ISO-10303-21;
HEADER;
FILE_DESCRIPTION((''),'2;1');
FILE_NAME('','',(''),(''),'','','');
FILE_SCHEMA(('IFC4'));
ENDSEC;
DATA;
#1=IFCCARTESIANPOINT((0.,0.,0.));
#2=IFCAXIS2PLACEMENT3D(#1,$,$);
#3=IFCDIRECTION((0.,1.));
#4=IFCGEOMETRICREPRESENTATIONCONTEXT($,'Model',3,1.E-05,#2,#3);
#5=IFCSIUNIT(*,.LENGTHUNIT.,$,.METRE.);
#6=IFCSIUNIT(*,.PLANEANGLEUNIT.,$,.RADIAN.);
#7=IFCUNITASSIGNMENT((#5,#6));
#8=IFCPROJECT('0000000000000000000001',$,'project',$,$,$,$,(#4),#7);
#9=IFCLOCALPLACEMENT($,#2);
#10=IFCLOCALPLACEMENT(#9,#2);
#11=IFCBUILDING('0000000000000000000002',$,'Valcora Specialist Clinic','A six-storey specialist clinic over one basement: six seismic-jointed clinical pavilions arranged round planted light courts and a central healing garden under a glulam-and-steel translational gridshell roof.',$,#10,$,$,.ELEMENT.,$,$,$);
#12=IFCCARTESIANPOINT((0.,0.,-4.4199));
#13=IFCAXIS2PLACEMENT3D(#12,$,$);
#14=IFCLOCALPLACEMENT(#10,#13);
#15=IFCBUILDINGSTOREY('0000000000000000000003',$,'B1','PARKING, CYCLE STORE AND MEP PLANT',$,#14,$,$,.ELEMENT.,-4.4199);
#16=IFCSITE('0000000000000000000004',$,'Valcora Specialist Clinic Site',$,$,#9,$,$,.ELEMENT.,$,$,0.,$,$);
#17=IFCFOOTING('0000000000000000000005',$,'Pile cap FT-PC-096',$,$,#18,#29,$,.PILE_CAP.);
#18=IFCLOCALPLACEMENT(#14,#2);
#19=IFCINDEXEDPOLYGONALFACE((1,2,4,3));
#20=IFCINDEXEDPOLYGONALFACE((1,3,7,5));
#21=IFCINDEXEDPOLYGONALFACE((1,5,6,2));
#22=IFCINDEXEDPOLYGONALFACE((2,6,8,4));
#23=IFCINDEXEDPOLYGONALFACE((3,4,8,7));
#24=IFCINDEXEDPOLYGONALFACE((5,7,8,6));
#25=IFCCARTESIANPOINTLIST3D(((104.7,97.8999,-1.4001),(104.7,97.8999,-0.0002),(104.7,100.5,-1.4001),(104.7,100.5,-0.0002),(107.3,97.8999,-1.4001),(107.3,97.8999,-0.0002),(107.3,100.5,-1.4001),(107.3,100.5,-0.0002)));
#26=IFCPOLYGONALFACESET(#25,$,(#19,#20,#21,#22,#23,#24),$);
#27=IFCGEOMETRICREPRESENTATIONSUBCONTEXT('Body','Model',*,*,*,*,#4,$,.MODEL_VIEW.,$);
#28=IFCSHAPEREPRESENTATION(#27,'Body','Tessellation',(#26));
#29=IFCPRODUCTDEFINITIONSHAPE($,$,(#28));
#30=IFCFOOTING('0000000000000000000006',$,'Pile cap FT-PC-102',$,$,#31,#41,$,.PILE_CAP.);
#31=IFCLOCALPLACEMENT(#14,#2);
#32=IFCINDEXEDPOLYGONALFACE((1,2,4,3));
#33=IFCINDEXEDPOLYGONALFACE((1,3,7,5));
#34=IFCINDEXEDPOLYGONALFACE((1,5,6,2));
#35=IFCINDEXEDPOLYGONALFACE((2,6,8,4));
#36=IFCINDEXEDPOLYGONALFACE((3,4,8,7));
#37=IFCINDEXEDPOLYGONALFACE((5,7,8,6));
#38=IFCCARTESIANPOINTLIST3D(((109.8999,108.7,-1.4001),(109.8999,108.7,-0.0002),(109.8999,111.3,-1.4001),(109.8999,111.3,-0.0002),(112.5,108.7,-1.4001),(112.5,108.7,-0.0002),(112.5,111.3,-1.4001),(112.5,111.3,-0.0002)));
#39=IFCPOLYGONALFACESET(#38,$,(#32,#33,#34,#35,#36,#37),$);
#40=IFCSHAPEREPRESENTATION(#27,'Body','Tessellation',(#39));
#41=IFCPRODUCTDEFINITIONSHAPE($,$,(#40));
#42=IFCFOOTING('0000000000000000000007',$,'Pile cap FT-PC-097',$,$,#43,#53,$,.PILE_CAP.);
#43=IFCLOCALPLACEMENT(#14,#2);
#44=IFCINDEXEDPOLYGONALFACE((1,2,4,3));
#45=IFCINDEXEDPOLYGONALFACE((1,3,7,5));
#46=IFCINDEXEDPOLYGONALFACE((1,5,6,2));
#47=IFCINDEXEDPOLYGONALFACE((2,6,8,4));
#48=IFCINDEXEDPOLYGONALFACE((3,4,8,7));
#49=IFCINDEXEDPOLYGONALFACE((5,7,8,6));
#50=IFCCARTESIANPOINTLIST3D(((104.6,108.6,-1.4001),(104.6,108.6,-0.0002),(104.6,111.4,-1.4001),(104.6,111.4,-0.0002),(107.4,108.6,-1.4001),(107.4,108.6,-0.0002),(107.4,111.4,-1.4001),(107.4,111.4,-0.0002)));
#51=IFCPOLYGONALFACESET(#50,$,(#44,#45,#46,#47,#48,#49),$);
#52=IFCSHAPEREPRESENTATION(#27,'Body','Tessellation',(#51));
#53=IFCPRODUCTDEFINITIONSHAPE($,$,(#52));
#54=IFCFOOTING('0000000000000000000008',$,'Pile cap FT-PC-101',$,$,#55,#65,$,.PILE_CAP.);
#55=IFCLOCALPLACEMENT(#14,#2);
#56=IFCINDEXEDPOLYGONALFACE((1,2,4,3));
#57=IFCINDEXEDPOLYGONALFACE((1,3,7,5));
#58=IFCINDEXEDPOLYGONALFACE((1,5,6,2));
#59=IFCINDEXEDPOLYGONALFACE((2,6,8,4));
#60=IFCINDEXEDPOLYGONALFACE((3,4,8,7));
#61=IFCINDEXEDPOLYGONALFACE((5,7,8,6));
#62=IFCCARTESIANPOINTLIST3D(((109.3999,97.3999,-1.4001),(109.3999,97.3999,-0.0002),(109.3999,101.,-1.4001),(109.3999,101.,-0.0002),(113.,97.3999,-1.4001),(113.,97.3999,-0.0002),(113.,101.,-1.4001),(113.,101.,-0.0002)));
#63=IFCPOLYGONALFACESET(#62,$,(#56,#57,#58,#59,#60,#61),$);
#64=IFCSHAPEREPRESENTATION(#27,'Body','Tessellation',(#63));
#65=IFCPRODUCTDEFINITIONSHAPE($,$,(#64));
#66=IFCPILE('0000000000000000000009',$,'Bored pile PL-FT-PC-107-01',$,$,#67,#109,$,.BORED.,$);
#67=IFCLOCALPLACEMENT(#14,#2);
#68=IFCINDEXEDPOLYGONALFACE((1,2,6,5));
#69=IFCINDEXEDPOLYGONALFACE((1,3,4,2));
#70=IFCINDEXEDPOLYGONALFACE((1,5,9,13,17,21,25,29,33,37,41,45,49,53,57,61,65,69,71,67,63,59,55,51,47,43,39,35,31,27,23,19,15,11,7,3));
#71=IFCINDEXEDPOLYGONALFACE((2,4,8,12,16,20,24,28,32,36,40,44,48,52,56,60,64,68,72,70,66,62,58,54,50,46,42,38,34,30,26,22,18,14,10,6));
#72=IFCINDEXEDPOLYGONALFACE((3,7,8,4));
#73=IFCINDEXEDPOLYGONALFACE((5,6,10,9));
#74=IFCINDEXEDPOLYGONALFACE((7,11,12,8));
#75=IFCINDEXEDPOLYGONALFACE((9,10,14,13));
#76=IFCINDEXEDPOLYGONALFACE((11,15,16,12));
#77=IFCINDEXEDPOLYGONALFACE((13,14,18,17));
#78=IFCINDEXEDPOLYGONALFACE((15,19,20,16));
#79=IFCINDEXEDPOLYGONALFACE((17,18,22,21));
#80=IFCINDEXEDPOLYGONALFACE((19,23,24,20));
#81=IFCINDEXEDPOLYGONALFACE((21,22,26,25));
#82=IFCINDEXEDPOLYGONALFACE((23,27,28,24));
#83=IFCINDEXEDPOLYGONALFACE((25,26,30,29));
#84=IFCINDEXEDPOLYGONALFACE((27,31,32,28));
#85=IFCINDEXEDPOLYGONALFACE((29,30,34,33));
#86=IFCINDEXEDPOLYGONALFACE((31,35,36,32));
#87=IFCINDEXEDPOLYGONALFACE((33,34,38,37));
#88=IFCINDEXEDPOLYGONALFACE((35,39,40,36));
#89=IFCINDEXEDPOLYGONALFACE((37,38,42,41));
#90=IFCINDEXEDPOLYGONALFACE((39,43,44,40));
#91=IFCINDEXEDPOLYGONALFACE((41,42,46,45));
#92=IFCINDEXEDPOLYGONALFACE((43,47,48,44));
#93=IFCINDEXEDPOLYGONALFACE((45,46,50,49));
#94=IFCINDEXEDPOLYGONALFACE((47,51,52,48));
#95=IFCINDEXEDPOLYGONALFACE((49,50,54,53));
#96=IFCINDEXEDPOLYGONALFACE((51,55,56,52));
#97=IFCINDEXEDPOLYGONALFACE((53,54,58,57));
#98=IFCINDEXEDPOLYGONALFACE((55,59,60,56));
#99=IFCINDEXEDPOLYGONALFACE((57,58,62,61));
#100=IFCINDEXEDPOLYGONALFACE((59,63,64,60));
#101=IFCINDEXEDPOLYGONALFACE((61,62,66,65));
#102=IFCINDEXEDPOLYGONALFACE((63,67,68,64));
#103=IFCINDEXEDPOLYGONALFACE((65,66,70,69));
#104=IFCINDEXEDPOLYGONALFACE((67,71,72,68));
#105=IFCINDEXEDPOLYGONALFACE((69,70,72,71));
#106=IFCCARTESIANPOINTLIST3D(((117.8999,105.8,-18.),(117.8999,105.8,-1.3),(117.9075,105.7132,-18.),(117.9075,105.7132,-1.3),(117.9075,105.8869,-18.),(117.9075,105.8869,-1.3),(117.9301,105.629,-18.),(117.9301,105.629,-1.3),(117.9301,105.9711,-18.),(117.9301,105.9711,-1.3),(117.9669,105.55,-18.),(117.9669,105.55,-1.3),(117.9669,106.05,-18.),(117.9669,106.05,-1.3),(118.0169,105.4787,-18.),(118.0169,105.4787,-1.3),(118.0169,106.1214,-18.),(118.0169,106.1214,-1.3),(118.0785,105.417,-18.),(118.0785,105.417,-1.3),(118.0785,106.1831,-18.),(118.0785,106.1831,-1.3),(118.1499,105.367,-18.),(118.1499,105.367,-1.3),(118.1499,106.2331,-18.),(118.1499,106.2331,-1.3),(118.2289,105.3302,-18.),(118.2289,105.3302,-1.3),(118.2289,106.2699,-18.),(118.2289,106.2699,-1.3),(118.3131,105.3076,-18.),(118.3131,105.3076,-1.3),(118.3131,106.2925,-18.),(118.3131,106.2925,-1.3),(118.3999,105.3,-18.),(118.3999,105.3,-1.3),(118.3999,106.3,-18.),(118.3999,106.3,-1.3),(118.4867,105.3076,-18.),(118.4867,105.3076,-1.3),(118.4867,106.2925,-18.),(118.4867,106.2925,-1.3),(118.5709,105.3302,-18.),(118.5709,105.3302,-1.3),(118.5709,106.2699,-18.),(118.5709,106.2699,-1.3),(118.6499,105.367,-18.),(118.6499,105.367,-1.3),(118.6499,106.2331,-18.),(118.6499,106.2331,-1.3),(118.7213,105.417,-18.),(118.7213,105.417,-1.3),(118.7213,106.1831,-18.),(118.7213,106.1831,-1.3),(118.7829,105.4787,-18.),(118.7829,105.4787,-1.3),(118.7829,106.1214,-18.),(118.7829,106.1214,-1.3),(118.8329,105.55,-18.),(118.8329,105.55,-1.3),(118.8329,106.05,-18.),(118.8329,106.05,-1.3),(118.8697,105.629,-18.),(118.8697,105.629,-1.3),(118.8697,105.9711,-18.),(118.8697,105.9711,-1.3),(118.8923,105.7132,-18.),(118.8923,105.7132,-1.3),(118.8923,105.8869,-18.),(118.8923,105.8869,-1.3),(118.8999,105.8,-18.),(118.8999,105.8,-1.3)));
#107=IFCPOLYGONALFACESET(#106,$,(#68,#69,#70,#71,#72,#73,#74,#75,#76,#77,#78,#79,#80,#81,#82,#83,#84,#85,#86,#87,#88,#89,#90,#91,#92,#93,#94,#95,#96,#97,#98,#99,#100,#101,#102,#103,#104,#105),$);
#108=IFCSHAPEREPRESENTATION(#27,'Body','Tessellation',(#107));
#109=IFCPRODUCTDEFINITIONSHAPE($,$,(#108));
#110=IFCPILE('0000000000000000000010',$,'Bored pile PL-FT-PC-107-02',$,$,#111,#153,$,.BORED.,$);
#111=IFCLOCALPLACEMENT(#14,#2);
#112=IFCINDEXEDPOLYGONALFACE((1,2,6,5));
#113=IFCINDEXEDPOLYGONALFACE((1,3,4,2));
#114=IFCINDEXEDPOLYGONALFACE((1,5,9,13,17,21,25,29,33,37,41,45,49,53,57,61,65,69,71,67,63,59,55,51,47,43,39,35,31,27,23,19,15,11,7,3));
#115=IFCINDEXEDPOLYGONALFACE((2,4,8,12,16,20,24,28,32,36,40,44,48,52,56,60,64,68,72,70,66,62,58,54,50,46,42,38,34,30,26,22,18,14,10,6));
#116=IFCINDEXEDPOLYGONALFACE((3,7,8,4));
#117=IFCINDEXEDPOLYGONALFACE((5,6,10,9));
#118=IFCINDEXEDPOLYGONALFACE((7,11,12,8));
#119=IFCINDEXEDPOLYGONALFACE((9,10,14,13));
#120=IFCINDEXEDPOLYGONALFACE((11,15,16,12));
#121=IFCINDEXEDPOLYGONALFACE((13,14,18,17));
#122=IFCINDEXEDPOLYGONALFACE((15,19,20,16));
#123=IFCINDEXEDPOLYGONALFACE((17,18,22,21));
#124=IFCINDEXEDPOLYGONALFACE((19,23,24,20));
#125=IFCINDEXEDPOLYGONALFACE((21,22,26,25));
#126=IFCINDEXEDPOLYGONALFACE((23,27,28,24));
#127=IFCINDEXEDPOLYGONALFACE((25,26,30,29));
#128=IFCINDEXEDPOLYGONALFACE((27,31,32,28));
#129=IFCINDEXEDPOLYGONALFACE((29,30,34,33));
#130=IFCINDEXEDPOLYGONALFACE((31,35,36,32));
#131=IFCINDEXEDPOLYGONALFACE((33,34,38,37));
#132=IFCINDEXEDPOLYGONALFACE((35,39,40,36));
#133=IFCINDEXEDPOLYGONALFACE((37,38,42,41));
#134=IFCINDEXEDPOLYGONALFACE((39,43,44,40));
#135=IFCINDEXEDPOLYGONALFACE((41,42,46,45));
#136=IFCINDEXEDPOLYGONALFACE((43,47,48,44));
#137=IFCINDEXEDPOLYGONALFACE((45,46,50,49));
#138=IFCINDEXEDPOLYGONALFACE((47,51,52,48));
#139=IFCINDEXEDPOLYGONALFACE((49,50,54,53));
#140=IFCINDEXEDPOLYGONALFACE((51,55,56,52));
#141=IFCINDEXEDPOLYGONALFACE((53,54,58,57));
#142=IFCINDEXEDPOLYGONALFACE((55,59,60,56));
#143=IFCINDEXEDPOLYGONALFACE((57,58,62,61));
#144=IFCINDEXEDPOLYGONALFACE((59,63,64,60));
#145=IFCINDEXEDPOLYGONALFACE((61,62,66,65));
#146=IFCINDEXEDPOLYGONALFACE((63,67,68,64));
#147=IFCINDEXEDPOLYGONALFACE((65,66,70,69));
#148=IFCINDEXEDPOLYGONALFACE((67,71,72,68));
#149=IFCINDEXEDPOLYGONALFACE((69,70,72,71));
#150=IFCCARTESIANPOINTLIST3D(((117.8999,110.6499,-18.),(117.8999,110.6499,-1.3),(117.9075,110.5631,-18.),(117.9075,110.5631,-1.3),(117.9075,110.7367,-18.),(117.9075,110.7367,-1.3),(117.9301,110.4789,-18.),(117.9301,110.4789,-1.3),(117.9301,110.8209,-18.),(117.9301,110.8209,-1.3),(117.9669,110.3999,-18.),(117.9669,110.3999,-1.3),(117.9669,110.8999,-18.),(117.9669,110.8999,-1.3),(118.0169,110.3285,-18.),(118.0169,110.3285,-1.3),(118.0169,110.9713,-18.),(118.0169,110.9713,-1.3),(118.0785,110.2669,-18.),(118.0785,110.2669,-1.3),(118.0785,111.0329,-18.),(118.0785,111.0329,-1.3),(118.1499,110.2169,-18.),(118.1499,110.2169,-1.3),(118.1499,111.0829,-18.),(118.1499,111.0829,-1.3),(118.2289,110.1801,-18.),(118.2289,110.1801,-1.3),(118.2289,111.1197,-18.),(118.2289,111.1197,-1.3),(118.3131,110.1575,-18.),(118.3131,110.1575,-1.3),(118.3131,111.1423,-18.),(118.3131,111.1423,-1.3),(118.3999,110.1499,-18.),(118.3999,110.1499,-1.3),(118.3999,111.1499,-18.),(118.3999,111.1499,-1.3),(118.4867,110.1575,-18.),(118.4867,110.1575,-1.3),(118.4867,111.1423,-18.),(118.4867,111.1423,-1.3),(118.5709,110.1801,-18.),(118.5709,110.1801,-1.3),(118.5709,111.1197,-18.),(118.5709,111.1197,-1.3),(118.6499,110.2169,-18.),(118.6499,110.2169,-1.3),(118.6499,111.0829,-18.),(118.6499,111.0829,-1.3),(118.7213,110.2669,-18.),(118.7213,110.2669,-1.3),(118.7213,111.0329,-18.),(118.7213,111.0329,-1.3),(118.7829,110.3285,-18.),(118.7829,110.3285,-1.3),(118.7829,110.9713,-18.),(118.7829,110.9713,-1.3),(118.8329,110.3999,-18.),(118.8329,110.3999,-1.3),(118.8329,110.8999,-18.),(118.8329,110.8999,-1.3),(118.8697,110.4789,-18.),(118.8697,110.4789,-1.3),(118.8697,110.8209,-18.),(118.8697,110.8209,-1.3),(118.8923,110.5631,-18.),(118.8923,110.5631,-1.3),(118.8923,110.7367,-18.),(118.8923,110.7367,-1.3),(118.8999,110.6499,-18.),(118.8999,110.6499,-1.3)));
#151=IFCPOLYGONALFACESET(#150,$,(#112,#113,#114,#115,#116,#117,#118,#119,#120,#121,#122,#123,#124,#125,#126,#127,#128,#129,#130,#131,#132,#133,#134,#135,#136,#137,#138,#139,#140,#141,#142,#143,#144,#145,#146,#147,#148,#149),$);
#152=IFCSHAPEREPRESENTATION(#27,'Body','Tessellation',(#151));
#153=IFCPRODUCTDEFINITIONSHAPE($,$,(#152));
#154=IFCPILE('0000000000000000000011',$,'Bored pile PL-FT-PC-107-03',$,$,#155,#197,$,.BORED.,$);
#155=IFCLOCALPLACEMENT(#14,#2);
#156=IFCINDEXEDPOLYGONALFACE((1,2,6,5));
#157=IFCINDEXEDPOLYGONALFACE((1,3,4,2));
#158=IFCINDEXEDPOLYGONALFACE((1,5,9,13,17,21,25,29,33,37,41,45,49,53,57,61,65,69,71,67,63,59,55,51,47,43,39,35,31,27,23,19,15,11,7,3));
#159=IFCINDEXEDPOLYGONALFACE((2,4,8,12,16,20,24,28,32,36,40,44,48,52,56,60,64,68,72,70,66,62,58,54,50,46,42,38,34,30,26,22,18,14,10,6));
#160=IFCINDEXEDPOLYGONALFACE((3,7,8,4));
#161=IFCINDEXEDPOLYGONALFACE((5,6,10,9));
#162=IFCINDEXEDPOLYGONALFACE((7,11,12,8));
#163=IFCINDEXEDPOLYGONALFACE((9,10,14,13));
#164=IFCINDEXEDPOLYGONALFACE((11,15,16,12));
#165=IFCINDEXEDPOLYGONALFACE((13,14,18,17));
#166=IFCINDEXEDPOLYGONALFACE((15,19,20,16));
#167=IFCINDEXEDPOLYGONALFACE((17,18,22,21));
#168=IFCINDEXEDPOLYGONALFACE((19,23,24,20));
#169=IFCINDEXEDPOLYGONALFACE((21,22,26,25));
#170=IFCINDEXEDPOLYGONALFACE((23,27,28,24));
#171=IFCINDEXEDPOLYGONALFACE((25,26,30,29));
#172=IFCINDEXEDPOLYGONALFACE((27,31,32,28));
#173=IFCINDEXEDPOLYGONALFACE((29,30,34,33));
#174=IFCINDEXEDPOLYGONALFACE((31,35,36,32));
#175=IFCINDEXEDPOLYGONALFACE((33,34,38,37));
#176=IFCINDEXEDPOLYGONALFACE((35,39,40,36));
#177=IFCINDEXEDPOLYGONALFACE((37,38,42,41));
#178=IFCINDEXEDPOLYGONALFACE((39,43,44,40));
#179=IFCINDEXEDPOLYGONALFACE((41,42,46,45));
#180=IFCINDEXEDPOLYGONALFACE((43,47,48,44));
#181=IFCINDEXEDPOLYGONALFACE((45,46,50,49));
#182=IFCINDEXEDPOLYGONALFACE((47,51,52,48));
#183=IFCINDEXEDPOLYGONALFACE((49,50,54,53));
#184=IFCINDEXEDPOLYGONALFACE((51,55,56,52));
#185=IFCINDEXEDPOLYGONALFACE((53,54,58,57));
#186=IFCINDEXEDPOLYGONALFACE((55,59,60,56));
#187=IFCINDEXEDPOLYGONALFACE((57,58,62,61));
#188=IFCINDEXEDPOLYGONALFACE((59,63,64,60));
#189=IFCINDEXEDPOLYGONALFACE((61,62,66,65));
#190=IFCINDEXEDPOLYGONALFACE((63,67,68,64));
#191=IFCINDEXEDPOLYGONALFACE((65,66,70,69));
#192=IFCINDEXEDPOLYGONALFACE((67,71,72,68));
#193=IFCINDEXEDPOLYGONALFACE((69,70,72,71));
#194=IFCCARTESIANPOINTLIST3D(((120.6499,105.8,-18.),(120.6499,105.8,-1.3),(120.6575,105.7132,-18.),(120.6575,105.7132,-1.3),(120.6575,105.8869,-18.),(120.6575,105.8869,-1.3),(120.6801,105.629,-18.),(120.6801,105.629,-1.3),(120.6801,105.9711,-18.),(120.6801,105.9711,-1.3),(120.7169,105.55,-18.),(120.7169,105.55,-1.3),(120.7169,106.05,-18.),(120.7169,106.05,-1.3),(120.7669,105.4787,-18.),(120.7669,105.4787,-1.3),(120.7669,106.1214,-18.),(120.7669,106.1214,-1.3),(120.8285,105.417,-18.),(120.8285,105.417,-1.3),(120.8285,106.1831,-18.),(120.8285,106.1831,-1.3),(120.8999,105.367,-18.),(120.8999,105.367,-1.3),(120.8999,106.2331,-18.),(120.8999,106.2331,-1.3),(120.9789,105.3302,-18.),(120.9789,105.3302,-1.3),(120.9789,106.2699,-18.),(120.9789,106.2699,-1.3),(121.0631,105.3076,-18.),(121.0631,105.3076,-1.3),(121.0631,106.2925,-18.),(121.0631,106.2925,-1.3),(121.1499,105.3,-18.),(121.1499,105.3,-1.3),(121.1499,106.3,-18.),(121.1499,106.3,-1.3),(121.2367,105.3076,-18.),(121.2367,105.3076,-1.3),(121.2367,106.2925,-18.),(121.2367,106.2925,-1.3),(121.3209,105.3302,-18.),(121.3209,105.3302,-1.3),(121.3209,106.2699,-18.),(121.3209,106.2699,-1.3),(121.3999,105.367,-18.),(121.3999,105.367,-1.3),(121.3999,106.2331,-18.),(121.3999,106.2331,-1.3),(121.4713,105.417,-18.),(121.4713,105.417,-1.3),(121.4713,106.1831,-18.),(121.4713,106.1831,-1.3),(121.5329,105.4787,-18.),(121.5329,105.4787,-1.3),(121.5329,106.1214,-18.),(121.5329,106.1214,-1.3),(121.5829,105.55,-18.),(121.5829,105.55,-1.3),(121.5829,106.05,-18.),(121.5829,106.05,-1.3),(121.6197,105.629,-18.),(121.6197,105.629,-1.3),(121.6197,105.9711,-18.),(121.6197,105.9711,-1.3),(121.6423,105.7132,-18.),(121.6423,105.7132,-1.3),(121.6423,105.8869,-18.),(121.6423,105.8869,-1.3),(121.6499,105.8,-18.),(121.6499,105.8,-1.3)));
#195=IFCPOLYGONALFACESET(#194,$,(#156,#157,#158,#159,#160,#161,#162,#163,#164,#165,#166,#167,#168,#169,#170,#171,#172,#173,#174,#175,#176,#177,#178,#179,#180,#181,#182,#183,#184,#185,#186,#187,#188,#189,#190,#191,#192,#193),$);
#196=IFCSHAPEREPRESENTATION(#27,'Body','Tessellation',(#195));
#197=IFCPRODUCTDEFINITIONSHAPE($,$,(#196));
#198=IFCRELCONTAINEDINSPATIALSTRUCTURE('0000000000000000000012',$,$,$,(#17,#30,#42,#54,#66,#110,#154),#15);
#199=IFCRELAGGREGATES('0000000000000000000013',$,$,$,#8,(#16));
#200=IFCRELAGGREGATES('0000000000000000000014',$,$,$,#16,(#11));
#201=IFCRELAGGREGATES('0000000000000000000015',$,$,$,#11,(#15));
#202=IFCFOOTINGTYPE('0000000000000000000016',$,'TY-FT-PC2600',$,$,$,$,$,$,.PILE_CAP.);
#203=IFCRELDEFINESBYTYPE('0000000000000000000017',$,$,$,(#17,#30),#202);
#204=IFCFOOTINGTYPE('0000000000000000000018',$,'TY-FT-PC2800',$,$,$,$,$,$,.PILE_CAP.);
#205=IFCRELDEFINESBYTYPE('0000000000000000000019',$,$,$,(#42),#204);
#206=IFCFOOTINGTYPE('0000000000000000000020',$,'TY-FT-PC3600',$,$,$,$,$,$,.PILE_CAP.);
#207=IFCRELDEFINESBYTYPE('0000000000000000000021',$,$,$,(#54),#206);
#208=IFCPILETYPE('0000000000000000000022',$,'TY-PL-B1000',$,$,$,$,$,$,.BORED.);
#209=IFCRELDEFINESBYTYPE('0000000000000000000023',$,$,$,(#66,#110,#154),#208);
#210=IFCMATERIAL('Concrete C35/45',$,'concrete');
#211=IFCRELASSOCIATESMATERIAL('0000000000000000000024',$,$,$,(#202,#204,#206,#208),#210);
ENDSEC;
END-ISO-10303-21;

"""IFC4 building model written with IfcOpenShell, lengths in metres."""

from ifc_helpers import new_model, si_unit, direction, frame, origin, origin_2d, place, context, subcontext, project, spatial, rectangle, circle, extrude, material, material_profile, profile_set, type_object, element, save


model = new_model("IFC4")

# Units and contexts
model_context = context("Model", 3, precision=1e-05, world=origin(), true_north=direction((0.0, 1.0)))
body_context = subcontext(model_context, "Body", "Model", "MODEL_VIEW")
ifc_project = project(units=[si_unit("LENGTHUNIT", "METRE"), si_unit("PLANEANGLEUNIT", "RADIAN")], contexts=[model_context])

# Site, building, storey
site_placement = place(None, origin())
site = spatial("IfcSite", under=ifc_project, at=site_placement, Name="Valcora Specialist Clinic Site", CompositionType="ELEMENT", RefElevation=0.0)
building_placement = place(site_placement, origin())
building = spatial("IfcBuilding", under=site, at=building_placement, Name="Valcora Specialist Clinic", Description="A six-storey specialist clinic over one basement: six seismic-jointed clinical pavilions arranged round planted light courts and a central healing garden under a glulam-and-steel translational gridshell roof.", CompositionType="ELEMENT")
storey_placement = place(building_placement, frame((0.0, 0.0, -4.4199)))
storey = spatial("IfcBuildingStorey", under=building, at=storey_placement, Name="B1", Description="PARKING, CYCLE STORE AND MEP PLANT", CompositionType="ELEMENT", Elevation=-4.4199)

# Footings
ifc_material_1 = material(Name="Concrete C35/45", Category="concrete")
footing_type_1 = type_object("IfcFootingType", Name="TY-FT-PC2600", PredefinedType="PILE_CAP", material=ifc_material_1)
for number, where, z_axis, x_axis, name in (
    (1, (106.0, 99.2, -1.4001), (0.0, 0.0, 1.0), (1.0, 0.0, 0.0), "Pile cap FT-PC-096"),
    (2, (111.2, 110.0, -1.4001), (0.0, 0.0, 1.0), (1.0, 0.0, 0.0), "Pile cap FT-PC-102"),
):
    element("IfcFooting", number, at=place(storey_placement, frame(where, z_axis=z_axis, x_axis=x_axis)), inside=storey, type_object=footing_type_1, Name=name, PredefinedType="PILE_CAP", context=body_context, shape_type="SweptSolid", body=[
        extrude(rectangle(XDim=2.6001, YDim=2.6001, at=origin_2d()), origin(), (0.0, 0.0, 1.0), 1.3999),
    ])
footing_type_2 = type_object("IfcFootingType", Name="TY-FT-PC2800", PredefinedType="PILE_CAP", material=ifc_material_1)
footing_1_placement = place(storey_placement, frame((106.0, 110.0, -1.4001), z_axis=(0.0, 0.0, 1.0), x_axis=(1.0, 0.0, 0.0)))
element("IfcFooting", 3, at=footing_1_placement, inside=storey, type_object=footing_type_2, Name="Pile cap FT-PC-097", PredefinedType="PILE_CAP", context=body_context, shape_type="SweptSolid", body=[
    extrude(rectangle(XDim=2.8, YDim=2.8, at=origin_2d()), origin(), (0.0, 0.0, 1.0), 1.3999),
])
footing_type_3 = type_object("IfcFootingType", Name="TY-FT-PC3600", PredefinedType="PILE_CAP", material=ifc_material_1)
footing_2_placement = place(storey_placement, frame((111.2, 99.2, -1.4001), z_axis=(0.0, 0.0, 1.0), x_axis=(1.0, 0.0, 0.0)))
element("IfcFooting", 4, at=footing_2_placement, inside=storey, type_object=footing_type_3, Name="Pile cap FT-PC-101", PredefinedType="PILE_CAP", context=body_context, shape_type="SweptSolid", body=[
    extrude(rectangle(XDim=3.6001, YDim=3.6001, at=origin_2d()), origin(), (0.0, 0.0, 1.0), 1.3999),
])

# Piles
ifc_material_profile_1 = material_profile(ifc_material_1, circle(Radius=0.5, at=origin_2d()), Name="RC-PIL-D1000")
ifc_profile_set_1 = profile_set([ifc_material_profile_1], Name="Concrete C35/45")
pile_type_1 = type_object("IfcPileType", Name="TY-PL-B1000", PredefinedType="BORED", material=ifc_profile_set_1)
for number, where, z_axis, x_axis, name in (
    (5, (118.3999, 105.8, -1.3), (0.0, 0.0, -1.0), (1.0, 0.0, 0.0), "Bored pile PL-FT-PC-107-01"),
    (6, (118.3999, 110.6499, -1.3), (0.0, 0.0, -1.0), (1.0, 0.0, 0.0), "Bored pile PL-FT-PC-107-02"),
    (7, (121.1499, 105.8, -1.3), (0.0, 0.0, -1.0), (1.0, 0.0, 0.0), "Bored pile PL-FT-PC-107-03"),
):
    element("IfcPile", number, at=place(storey_placement, frame(where, z_axis=z_axis, x_axis=x_axis)), inside=storey, type_object=pile_type_1, Name=name, PredefinedType="BORED", context=body_context, shape_type="SweptSolid", body=[
        extrude(circle(Radius=0.5, at=origin_2d()), origin(), (0.0, 0.0, 1.0), 16.7),
    ])

save(model, "model.ifc")
